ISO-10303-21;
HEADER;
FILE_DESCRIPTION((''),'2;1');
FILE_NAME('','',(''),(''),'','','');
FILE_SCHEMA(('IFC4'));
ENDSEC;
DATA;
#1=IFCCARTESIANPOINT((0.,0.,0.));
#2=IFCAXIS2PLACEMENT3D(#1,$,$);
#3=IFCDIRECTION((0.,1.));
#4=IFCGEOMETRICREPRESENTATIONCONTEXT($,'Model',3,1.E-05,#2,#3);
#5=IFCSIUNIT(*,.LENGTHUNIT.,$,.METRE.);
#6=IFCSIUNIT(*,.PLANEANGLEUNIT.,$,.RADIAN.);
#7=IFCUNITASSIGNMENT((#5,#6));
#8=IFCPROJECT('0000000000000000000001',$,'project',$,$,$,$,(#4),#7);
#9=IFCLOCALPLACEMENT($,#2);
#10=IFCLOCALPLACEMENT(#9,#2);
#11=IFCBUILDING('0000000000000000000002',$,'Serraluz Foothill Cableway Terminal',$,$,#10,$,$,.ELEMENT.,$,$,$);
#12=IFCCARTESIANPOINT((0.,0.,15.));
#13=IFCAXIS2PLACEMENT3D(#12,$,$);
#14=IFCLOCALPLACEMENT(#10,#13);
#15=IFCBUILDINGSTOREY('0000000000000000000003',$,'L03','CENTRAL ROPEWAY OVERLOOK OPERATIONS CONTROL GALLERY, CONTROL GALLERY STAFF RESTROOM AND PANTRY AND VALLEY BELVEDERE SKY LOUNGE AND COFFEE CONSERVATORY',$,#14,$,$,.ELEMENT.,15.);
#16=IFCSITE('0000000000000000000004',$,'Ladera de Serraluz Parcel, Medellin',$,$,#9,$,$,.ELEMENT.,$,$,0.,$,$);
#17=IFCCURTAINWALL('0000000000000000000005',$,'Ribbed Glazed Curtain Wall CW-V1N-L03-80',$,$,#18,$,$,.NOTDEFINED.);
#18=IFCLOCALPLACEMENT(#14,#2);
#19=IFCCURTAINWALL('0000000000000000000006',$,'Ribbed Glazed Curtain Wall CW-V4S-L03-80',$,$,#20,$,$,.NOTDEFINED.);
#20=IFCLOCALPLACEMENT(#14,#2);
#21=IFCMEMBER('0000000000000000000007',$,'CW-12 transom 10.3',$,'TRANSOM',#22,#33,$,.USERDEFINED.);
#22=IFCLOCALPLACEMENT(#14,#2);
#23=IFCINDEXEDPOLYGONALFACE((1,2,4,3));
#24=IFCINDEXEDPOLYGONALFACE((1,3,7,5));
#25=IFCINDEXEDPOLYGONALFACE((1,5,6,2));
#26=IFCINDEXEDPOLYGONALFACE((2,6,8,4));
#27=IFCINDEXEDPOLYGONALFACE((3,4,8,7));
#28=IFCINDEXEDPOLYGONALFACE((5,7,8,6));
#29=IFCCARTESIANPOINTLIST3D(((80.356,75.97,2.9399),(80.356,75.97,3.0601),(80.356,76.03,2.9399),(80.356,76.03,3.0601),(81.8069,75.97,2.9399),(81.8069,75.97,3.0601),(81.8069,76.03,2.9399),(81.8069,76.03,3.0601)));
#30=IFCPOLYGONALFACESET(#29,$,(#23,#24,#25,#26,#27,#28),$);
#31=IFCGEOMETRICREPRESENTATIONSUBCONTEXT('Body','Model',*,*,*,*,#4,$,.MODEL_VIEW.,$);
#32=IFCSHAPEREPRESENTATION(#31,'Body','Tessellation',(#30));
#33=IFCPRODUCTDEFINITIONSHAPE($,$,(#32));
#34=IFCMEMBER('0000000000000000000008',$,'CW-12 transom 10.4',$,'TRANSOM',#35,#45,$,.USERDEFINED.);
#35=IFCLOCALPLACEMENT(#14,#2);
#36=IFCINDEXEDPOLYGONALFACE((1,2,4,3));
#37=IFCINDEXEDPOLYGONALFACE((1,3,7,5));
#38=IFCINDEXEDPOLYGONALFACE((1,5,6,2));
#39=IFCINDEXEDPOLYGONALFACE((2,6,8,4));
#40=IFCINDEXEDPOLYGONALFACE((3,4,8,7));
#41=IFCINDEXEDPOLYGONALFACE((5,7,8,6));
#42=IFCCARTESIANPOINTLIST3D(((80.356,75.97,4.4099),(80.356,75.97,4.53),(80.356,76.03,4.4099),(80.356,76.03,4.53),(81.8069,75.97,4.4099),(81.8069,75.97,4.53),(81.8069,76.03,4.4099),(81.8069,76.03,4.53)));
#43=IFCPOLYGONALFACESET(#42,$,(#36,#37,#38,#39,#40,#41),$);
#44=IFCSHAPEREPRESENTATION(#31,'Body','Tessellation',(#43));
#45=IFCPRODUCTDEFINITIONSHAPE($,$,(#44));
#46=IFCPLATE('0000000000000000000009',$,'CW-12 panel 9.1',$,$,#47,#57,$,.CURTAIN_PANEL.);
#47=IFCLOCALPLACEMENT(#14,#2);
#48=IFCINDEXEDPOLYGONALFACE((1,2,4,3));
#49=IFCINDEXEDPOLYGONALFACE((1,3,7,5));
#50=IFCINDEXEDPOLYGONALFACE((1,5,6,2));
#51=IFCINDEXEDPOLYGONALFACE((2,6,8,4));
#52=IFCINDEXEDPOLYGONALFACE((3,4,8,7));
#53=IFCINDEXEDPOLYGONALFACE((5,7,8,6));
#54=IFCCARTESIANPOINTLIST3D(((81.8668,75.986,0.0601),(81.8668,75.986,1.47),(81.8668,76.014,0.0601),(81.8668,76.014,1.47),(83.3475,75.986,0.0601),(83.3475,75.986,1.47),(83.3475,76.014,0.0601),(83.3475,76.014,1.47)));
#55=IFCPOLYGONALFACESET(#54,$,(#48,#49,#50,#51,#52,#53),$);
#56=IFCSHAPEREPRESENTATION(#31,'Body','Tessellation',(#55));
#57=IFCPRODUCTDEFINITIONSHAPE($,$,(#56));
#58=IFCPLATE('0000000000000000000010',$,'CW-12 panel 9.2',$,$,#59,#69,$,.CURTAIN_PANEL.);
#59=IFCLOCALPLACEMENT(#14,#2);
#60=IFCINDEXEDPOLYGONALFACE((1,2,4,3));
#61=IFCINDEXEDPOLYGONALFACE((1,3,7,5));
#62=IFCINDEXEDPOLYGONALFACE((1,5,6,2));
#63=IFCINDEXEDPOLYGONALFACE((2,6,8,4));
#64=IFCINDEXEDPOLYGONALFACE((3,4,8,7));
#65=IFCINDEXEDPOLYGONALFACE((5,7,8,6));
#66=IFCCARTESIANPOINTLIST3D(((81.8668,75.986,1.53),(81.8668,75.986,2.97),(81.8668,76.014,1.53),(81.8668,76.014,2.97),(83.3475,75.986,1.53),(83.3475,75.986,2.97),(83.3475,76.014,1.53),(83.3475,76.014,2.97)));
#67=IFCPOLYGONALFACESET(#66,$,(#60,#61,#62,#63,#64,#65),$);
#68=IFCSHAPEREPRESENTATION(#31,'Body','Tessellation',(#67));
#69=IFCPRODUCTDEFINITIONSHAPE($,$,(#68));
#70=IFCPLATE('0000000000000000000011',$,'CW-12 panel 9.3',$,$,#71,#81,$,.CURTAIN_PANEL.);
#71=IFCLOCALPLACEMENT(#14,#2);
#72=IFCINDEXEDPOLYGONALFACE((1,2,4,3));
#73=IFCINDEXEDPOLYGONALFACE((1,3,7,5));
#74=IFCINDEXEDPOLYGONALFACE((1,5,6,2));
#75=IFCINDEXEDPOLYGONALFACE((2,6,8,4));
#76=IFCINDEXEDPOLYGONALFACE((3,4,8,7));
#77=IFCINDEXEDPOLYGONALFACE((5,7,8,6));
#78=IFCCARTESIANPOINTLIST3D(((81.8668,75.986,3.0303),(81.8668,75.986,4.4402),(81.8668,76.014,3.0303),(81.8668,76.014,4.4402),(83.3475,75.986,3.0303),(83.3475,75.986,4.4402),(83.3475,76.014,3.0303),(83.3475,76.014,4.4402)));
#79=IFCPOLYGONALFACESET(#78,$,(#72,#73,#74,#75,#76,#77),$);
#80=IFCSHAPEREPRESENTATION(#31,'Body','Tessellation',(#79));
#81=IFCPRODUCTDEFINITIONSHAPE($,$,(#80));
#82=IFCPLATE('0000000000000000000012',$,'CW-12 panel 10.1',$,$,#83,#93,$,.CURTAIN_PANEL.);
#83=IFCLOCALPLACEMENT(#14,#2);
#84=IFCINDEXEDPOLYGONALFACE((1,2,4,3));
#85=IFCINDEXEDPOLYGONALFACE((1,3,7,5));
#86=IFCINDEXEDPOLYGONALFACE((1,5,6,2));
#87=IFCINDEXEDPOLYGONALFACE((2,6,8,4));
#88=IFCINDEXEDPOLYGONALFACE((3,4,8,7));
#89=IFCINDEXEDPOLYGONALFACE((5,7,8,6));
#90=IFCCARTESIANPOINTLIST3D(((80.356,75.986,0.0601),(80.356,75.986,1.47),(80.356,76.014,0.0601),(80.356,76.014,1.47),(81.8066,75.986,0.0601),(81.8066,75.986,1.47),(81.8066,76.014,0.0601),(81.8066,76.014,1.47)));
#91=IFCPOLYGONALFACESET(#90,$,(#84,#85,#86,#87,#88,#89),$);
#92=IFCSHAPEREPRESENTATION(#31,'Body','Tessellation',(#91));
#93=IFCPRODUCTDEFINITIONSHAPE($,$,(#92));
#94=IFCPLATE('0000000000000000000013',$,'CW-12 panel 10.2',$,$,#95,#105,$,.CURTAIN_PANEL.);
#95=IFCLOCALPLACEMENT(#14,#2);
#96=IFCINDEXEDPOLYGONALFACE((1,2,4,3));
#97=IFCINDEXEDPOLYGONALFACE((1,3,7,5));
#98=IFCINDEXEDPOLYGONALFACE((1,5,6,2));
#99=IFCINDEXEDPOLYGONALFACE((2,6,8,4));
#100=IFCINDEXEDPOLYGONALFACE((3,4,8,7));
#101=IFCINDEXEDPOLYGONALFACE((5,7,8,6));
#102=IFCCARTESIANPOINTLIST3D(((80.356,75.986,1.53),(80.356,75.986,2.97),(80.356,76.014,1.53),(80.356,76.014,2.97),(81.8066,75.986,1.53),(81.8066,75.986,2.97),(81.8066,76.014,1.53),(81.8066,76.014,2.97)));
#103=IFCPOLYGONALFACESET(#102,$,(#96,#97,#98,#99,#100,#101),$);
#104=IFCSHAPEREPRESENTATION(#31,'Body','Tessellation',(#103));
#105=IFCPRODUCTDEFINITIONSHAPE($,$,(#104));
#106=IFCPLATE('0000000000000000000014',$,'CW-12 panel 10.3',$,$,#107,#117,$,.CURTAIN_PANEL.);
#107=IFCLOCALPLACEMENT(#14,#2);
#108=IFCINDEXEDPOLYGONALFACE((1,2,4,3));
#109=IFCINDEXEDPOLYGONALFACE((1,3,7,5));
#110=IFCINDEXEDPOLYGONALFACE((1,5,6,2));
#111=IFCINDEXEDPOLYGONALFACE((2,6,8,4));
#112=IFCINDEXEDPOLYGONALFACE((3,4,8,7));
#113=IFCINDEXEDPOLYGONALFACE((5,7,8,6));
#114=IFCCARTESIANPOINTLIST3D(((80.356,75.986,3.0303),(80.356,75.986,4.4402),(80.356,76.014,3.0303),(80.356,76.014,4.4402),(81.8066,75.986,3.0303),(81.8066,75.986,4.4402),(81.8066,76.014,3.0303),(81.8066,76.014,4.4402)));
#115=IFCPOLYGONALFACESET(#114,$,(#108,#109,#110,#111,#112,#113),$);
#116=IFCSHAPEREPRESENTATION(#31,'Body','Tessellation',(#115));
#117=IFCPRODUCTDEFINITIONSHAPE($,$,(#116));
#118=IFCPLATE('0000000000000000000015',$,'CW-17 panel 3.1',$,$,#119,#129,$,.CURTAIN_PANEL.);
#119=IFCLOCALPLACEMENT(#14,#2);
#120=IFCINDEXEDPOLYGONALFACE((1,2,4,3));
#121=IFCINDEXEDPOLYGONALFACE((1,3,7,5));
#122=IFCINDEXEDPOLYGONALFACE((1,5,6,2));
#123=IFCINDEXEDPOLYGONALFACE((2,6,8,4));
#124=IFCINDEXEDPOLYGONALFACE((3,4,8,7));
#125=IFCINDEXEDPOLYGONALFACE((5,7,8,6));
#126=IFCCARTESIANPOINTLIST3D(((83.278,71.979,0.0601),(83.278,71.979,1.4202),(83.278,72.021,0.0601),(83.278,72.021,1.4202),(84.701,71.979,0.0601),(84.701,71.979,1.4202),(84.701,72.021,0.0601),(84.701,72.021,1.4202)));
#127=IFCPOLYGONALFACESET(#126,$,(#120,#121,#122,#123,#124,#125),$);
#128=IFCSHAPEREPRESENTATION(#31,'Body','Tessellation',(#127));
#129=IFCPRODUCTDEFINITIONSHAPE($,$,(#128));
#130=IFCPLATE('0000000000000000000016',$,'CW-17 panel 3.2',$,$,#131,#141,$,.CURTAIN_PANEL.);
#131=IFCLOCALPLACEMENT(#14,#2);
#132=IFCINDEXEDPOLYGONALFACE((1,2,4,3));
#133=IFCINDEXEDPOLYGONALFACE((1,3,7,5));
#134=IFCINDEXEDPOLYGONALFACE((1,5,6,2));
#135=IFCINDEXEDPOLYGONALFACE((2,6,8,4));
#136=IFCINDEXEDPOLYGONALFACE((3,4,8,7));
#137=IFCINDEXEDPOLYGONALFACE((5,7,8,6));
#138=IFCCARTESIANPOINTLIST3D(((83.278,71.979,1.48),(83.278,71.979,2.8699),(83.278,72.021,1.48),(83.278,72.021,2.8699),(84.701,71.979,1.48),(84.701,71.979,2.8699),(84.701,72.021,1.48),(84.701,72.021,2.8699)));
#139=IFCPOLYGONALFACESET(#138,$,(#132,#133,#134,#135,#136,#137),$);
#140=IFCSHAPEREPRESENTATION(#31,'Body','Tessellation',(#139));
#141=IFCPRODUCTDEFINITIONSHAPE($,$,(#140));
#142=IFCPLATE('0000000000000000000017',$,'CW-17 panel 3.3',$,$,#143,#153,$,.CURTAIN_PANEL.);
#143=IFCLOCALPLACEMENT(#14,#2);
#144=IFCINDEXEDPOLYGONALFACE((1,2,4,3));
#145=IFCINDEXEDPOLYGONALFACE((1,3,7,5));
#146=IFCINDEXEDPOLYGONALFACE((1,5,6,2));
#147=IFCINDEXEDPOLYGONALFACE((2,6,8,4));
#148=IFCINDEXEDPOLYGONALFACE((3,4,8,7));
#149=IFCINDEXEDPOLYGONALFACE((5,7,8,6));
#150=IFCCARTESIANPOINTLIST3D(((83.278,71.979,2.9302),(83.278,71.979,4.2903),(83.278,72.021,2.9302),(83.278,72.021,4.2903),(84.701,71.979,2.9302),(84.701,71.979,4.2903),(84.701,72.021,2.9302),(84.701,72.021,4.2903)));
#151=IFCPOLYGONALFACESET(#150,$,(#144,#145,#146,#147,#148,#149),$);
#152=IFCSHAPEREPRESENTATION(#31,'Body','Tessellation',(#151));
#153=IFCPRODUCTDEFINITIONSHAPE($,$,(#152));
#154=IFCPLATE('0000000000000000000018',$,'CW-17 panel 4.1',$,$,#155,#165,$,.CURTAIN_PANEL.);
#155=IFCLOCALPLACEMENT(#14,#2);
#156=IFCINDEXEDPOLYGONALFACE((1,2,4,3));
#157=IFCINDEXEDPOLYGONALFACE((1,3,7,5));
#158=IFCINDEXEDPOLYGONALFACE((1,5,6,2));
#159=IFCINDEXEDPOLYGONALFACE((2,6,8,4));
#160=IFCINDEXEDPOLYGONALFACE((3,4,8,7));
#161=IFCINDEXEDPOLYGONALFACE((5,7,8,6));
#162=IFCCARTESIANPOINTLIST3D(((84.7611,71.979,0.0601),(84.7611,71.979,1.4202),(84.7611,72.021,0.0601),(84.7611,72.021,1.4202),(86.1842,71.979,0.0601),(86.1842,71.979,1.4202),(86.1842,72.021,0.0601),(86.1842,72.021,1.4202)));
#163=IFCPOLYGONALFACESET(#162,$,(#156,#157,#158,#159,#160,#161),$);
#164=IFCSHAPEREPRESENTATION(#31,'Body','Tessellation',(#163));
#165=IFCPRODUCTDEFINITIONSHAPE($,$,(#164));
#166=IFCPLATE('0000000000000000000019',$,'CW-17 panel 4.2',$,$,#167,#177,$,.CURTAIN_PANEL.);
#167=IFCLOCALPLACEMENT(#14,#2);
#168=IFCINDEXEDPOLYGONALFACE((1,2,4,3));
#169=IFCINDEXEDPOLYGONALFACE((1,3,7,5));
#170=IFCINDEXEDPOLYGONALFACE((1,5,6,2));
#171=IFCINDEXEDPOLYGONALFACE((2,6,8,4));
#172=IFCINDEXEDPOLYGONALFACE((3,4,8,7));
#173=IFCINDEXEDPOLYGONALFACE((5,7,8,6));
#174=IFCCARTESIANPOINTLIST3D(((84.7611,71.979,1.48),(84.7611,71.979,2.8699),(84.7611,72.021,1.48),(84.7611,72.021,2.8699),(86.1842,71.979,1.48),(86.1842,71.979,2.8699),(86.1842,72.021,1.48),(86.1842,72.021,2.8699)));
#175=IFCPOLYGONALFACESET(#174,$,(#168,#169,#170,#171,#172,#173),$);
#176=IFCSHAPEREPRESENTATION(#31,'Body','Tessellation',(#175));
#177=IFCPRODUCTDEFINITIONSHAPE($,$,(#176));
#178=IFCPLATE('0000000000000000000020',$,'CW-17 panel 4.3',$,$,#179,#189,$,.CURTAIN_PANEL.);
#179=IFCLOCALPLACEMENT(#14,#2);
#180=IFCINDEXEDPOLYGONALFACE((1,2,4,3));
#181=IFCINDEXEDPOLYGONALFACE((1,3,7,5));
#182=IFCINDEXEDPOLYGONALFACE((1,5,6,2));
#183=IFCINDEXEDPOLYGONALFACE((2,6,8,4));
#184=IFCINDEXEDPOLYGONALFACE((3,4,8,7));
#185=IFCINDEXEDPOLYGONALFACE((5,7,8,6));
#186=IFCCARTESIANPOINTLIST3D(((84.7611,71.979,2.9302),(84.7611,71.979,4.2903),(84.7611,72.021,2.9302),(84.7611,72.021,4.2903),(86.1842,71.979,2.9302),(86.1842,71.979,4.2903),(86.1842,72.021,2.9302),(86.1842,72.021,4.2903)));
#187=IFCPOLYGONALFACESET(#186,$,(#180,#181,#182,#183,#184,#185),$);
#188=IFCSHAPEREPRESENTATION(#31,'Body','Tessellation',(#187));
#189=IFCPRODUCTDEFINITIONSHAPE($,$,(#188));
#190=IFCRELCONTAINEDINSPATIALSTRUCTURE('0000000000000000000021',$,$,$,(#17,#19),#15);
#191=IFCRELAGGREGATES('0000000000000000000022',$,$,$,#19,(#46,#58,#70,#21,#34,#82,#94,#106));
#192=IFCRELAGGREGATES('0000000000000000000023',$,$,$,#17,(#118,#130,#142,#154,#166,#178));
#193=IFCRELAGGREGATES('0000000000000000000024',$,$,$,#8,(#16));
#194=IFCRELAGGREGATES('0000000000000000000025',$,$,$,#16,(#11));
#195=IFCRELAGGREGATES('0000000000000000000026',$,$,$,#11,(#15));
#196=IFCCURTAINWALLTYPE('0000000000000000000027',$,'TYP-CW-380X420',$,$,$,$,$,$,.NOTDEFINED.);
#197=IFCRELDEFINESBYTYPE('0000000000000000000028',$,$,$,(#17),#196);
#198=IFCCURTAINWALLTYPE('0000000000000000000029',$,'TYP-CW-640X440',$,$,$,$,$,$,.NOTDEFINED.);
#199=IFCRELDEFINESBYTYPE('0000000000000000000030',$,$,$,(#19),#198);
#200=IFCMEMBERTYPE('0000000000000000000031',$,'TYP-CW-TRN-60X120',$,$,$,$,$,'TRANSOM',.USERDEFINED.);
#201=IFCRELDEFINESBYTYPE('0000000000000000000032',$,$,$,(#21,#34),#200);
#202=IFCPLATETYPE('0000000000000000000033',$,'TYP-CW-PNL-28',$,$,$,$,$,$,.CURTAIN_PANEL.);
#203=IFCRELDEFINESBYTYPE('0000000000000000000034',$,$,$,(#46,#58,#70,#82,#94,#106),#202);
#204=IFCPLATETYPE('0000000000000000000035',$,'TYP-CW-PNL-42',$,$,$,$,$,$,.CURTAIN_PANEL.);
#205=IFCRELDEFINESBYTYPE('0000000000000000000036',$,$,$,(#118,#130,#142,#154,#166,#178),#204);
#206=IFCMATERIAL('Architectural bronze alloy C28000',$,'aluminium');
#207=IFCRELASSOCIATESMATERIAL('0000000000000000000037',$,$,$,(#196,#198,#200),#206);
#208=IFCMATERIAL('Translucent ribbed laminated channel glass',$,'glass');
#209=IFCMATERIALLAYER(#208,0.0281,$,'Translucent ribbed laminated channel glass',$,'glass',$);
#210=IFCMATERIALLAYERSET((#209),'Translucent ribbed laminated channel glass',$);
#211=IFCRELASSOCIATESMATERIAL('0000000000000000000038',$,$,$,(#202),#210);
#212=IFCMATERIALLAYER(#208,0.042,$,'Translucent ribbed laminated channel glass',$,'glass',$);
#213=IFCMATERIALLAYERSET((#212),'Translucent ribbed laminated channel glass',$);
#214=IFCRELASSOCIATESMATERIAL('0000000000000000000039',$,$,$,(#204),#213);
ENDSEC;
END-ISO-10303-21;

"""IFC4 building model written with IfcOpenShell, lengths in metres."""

from ifc_helpers import new_model, si_unit, direction, frame, origin, origin_2d, place, context, subcontext, project, spatial, rectangle, extrude, material, layer, layer_set, material_profile, profile_set, type_object, element, aggregate, save


model = new_model("IFC4")

# Units and contexts
model_context = context("Model", 3, precision=1e-05, world=origin(), true_north=direction((0.0, 1.0)))
body_context = subcontext(model_context, "Body", "Model", "MODEL_VIEW")
ifc_project = project(units=[si_unit("LENGTHUNIT", "METRE"), si_unit("PLANEANGLEUNIT", "RADIAN")], contexts=[model_context])

# Site, building, storey
site_placement = place(None, origin())
site = spatial("IfcSite", under=ifc_project, at=site_placement, Name="Ladera de Serraluz Parcel, Medellin", CompositionType="ELEMENT", RefElevation=0.0)
building_placement = place(site_placement, origin())
building = spatial("IfcBuilding", under=site, at=building_placement, Name="Serraluz Foothill Cableway Terminal", CompositionType="ELEMENT")
storey_placement = place(building_placement, frame((0.0, 0.0, 15.0)))
storey = spatial("IfcBuildingStorey", under=building, at=storey_placement, Name="L03", Description="CENTRAL ROPEWAY OVERLOOK OPERATIONS CONTROL GALLERY, CONTROL GALLERY STAFF RESTROOM AND PANTRY AND VALLEY BELVEDERE SKY LOUNGE AND COFFEE CONSERVATORY", CompositionType="ELEMENT", Elevation=15.0)

# Curtain wall
ifc_material_1 = material(Name="Architectural bronze alloy C28000", Category="aluminium")
curtain_wall_type_1 = type_object("IfcCurtainWallType", Name="TYP-CW-380X420", PredefinedType="NOTDEFINED", material=ifc_material_1)
curtain_wall_1_placement = place(storey_placement, origin())
curtain_wall_1 = element("IfcCurtainWall", 1, at=curtain_wall_1_placement, inside=storey, type_object=curtain_wall_type_1, Name="Ribbed Glazed Curtain Wall CW-V1N-L03-80", PredefinedType="NOTDEFINED")

# Curtain wall
curtain_wall_type_2 = type_object("IfcCurtainWallType", Name="TYP-CW-640X440", PredefinedType="NOTDEFINED", material=ifc_material_1)
curtain_wall_2_placement = place(storey_placement, origin())
curtain_wall_2 = element("IfcCurtainWall", 2, at=curtain_wall_2_placement, inside=storey, type_object=curtain_wall_type_2, Name="Ribbed Glazed Curtain Wall CW-V4S-L03-80", PredefinedType="NOTDEFINED")

# Members
ifc_material_profile_1 = material_profile(ifc_material_1, rectangle(XDim=0.0601, YDim=0.1201, at=origin_2d()), Name="ALU TRANSOM 60x120")
ifc_profile_set_1 = profile_set([ifc_material_profile_1], Name="Architectural bronze alloy C28000")
member_type_1 = type_object("IfcMemberType", Name="TYP-CW-TRN-60X120", ElementType="TRANSOM", PredefinedType="USERDEFINED", material=ifc_profile_set_1)
member_1_placement = place(storey_placement, frame((81.8069, 76.0, 3.0), z_axis=(-1.0, 0.0, 0.0), x_axis=(0.0, -1.0, 0.0)))
member_1 = element("IfcMember", 3, at=member_1_placement, type_object=member_type_1, Name="CW-12 transom 10.3", ObjectType="TRANSOM", PredefinedType="USERDEFINED", context=body_context, shape_type="SweptSolid", body=[
    extrude(rectangle(XDim=0.0601, YDim=0.1201, at=origin_2d()), origin(), (0.0, 0.0, 1.0), 1.4509),
])
member_2_placement = place(storey_placement, frame((81.8069, 76.0, 4.47), z_axis=(-1.0, 0.0, 0.0), x_axis=(0.0, -1.0, 0.0)))
member_2 = element("IfcMember", 4, at=member_2_placement, type_object=member_type_1, Name="CW-12 transom 10.4", ObjectType="TRANSOM", PredefinedType="USERDEFINED", context=body_context, shape_type="SweptSolid", body=[
    extrude(rectangle(XDim=0.0601, YDim=0.1201, at=origin_2d()), origin(), (0.0, 0.0, 1.0), 1.4509),
])

# Plates
ifc_material_2 = material(Name="Translucent ribbed laminated channel glass", Category="glass")
ifc_layer_1 = layer(ifc_material_2, 0.0281, Name="Translucent ribbed laminated channel glass", Category="glass")
ifc_layer_set_1 = layer_set([ifc_layer_1], Name="Translucent ribbed laminated channel glass")
plate_type_1 = type_object("IfcPlateType", Name="TYP-CW-PNL-28", PredefinedType="CURTAIN_PANEL", material=ifc_layer_set_1)
plate_1_placement = place(storey_placement, frame((82.6072, 76.0, 0.0601), z_axis=(0.0, 0.0, 1.0), x_axis=(-1.0, 0.0, 0.0)))
plate_1 = element("IfcPlate", 5, at=plate_1_placement, type_object=plate_type_1, Name="CW-12 panel 9.1", PredefinedType="CURTAIN_PANEL", context=body_context, shape_type="SweptSolid", body=[
    extrude(rectangle(XDim=1.4807, YDim=0.0281, at=origin_2d()), origin(), (0.0, 0.0, 1.0), 1.4099),
])
plate_2_placement = place(storey_placement, frame((82.6072, 76.0, 1.53), z_axis=(0.0, 0.0, 1.0), x_axis=(-1.0, 0.0, 0.0)))
plate_2 = element("IfcPlate", 6, at=plate_2_placement, type_object=plate_type_1, Name="CW-12 panel 9.2", PredefinedType="CURTAIN_PANEL", context=body_context, shape_type="SweptSolid", body=[
    extrude(rectangle(XDim=1.4807, YDim=0.0281, at=origin_2d()), origin(), (0.0, 0.0, 1.0), 1.4399),
])
plate_3_placement = place(storey_placement, frame((82.6072, 76.0, 3.0303), z_axis=(0.0, 0.0, 1.0), x_axis=(-1.0, 0.0, 0.0)))
plate_3 = element("IfcPlate", 7, at=plate_3_placement, type_object=plate_type_1, Name="CW-12 panel 9.3", PredefinedType="CURTAIN_PANEL", context=body_context, shape_type="SweptSolid", body=[
    extrude(rectangle(XDim=1.4807, YDim=0.0281, at=origin_2d()), origin(), (0.0, 0.0, 1.0), 1.4099),
])
plate_4_placement = place(storey_placement, frame((81.0813, 76.0, 0.0601), z_axis=(0.0, 0.0, 1.0), x_axis=(-1.0, 0.0, 0.0)))
plate_4 = element("IfcPlate", 8, at=plate_4_placement, type_object=plate_type_1, Name="CW-12 panel 10.1", PredefinedType="CURTAIN_PANEL", context=body_context, shape_type="SweptSolid", body=[
    extrude(rectangle(XDim=1.4507, YDim=0.0281, at=origin_2d()), origin(), (0.0, 0.0, 1.0), 1.4099),
])
plate_5_placement = place(storey_placement, frame((81.0813, 76.0, 1.53), z_axis=(0.0, 0.0, 1.0), x_axis=(-1.0, 0.0, 0.0)))
plate_5 = element("IfcPlate", 9, at=plate_5_placement, type_object=plate_type_1, Name="CW-12 panel 10.2", PredefinedType="CURTAIN_PANEL", context=body_context, shape_type="SweptSolid", body=[
    extrude(rectangle(XDim=1.4507, YDim=0.0281, at=origin_2d()), origin(), (0.0, 0.0, 1.0), 1.4399),
])
plate_6_placement = place(storey_placement, frame((81.0813, 76.0, 3.0303), z_axis=(0.0, 0.0, 1.0), x_axis=(-1.0, 0.0, 0.0)))
plate_6 = element("IfcPlate", 10, at=plate_6_placement, type_object=plate_type_1, Name="CW-12 panel 10.3", PredefinedType="CURTAIN_PANEL", context=body_context, shape_type="SweptSolid", body=[
    extrude(rectangle(XDim=1.4507, YDim=0.0281, at=origin_2d()), origin(), (0.0, 0.0, 1.0), 1.4099),
])
aggregate(curtain_wall_2, [plate_1, plate_2, plate_3, member_1, member_2, plate_4, plate_5, plate_6])
ifc_layer_2 = layer(ifc_material_2, 0.042, Name="Translucent ribbed laminated channel glass", Category="glass")
ifc_layer_set_2 = layer_set([ifc_layer_2], Name="Translucent ribbed laminated channel glass")
plate_type_2 = type_object("IfcPlateType", Name="TYP-CW-PNL-42", PredefinedType="CURTAIN_PANEL", material=ifc_layer_set_2)
plate_7_placement = place(storey_placement, frame((83.9895, 72.0, 0.0601), z_axis=(0.0, 0.0, 1.0), x_axis=(1.0, 0.0, 0.0)))
plate_7 = element("IfcPlate", 11, at=plate_7_placement, type_object=plate_type_2, Name="CW-17 panel 3.1", PredefinedType="CURTAIN_PANEL", context=body_context, shape_type="SweptSolid", body=[
    extrude(rectangle(XDim=1.4231, YDim=0.042, at=origin_2d()), origin(), (0.0, 0.0, 1.0), 1.3601),
])
plate_8_placement = place(storey_placement, frame((83.9895, 72.0, 1.48), z_axis=(0.0, 0.0, 1.0), x_axis=(1.0, 0.0, 0.0)))
plate_8 = element("IfcPlate", 12, at=plate_8_placement, type_object=plate_type_2, Name="CW-17 panel 3.2", PredefinedType="CURTAIN_PANEL", context=body_context, shape_type="SweptSolid", body=[
    extrude(rectangle(XDim=1.4231, YDim=0.042, at=origin_2d()), origin(), (0.0, 0.0, 1.0), 1.3899),
])
plate_9_placement = place(storey_placement, frame((83.9895, 72.0, 2.9302), z_axis=(0.0, 0.0, 1.0), x_axis=(1.0, 0.0, 0.0)))
plate_9 = element("IfcPlate", 13, at=plate_9_placement, type_object=plate_type_2, Name="CW-17 panel 3.3", PredefinedType="CURTAIN_PANEL", context=body_context, shape_type="SweptSolid", body=[
    extrude(rectangle(XDim=1.4231, YDim=0.042, at=origin_2d()), origin(), (0.0, 0.0, 1.0), 1.3601),
])
plate_10_placement = place(storey_placement, frame((85.4727, 72.0, 0.0601), z_axis=(0.0, 0.0, 1.0), x_axis=(1.0, 0.0, 0.0)))
plate_10 = element("IfcPlate", 14, at=plate_10_placement, type_object=plate_type_2, Name="CW-17 panel 4.1", PredefinedType="CURTAIN_PANEL", context=body_context, shape_type="SweptSolid", body=[
    extrude(rectangle(XDim=1.4231, YDim=0.042, at=origin_2d()), origin(), (0.0, 0.0, 1.0), 1.3601),
])
plate_11_placement = place(storey_placement, frame((85.4727, 72.0, 1.48), z_axis=(0.0, 0.0, 1.0), x_axis=(1.0, 0.0, 0.0)))
plate_11 = element("IfcPlate", 15, at=plate_11_placement, type_object=plate_type_2, Name="CW-17 panel 4.2", PredefinedType="CURTAIN_PANEL", context=body_context, shape_type="SweptSolid", body=[
    extrude(rectangle(XDim=1.4231, YDim=0.042, at=origin_2d()), origin(), (0.0, 0.0, 1.0), 1.3899),
])
plate_12_placement = place(storey_placement, frame((85.4727, 72.0, 2.9302), z_axis=(0.0, 0.0, 1.0), x_axis=(1.0, 0.0, 0.0)))
plate_12 = element("IfcPlate", 16, at=plate_12_placement, type_object=plate_type_2, Name="CW-17 panel 4.3", PredefinedType="CURTAIN_PANEL", context=body_context, shape_type="SweptSolid", body=[
    extrude(rectangle(XDim=1.4231, YDim=0.042, at=origin_2d()), origin(), (0.0, 0.0, 1.0), 1.3601),
])
aggregate(curtain_wall_1, [plate_7, plate_8, plate_9, plate_10, plate_11, plate_12])

save(model, "model.ifc")
